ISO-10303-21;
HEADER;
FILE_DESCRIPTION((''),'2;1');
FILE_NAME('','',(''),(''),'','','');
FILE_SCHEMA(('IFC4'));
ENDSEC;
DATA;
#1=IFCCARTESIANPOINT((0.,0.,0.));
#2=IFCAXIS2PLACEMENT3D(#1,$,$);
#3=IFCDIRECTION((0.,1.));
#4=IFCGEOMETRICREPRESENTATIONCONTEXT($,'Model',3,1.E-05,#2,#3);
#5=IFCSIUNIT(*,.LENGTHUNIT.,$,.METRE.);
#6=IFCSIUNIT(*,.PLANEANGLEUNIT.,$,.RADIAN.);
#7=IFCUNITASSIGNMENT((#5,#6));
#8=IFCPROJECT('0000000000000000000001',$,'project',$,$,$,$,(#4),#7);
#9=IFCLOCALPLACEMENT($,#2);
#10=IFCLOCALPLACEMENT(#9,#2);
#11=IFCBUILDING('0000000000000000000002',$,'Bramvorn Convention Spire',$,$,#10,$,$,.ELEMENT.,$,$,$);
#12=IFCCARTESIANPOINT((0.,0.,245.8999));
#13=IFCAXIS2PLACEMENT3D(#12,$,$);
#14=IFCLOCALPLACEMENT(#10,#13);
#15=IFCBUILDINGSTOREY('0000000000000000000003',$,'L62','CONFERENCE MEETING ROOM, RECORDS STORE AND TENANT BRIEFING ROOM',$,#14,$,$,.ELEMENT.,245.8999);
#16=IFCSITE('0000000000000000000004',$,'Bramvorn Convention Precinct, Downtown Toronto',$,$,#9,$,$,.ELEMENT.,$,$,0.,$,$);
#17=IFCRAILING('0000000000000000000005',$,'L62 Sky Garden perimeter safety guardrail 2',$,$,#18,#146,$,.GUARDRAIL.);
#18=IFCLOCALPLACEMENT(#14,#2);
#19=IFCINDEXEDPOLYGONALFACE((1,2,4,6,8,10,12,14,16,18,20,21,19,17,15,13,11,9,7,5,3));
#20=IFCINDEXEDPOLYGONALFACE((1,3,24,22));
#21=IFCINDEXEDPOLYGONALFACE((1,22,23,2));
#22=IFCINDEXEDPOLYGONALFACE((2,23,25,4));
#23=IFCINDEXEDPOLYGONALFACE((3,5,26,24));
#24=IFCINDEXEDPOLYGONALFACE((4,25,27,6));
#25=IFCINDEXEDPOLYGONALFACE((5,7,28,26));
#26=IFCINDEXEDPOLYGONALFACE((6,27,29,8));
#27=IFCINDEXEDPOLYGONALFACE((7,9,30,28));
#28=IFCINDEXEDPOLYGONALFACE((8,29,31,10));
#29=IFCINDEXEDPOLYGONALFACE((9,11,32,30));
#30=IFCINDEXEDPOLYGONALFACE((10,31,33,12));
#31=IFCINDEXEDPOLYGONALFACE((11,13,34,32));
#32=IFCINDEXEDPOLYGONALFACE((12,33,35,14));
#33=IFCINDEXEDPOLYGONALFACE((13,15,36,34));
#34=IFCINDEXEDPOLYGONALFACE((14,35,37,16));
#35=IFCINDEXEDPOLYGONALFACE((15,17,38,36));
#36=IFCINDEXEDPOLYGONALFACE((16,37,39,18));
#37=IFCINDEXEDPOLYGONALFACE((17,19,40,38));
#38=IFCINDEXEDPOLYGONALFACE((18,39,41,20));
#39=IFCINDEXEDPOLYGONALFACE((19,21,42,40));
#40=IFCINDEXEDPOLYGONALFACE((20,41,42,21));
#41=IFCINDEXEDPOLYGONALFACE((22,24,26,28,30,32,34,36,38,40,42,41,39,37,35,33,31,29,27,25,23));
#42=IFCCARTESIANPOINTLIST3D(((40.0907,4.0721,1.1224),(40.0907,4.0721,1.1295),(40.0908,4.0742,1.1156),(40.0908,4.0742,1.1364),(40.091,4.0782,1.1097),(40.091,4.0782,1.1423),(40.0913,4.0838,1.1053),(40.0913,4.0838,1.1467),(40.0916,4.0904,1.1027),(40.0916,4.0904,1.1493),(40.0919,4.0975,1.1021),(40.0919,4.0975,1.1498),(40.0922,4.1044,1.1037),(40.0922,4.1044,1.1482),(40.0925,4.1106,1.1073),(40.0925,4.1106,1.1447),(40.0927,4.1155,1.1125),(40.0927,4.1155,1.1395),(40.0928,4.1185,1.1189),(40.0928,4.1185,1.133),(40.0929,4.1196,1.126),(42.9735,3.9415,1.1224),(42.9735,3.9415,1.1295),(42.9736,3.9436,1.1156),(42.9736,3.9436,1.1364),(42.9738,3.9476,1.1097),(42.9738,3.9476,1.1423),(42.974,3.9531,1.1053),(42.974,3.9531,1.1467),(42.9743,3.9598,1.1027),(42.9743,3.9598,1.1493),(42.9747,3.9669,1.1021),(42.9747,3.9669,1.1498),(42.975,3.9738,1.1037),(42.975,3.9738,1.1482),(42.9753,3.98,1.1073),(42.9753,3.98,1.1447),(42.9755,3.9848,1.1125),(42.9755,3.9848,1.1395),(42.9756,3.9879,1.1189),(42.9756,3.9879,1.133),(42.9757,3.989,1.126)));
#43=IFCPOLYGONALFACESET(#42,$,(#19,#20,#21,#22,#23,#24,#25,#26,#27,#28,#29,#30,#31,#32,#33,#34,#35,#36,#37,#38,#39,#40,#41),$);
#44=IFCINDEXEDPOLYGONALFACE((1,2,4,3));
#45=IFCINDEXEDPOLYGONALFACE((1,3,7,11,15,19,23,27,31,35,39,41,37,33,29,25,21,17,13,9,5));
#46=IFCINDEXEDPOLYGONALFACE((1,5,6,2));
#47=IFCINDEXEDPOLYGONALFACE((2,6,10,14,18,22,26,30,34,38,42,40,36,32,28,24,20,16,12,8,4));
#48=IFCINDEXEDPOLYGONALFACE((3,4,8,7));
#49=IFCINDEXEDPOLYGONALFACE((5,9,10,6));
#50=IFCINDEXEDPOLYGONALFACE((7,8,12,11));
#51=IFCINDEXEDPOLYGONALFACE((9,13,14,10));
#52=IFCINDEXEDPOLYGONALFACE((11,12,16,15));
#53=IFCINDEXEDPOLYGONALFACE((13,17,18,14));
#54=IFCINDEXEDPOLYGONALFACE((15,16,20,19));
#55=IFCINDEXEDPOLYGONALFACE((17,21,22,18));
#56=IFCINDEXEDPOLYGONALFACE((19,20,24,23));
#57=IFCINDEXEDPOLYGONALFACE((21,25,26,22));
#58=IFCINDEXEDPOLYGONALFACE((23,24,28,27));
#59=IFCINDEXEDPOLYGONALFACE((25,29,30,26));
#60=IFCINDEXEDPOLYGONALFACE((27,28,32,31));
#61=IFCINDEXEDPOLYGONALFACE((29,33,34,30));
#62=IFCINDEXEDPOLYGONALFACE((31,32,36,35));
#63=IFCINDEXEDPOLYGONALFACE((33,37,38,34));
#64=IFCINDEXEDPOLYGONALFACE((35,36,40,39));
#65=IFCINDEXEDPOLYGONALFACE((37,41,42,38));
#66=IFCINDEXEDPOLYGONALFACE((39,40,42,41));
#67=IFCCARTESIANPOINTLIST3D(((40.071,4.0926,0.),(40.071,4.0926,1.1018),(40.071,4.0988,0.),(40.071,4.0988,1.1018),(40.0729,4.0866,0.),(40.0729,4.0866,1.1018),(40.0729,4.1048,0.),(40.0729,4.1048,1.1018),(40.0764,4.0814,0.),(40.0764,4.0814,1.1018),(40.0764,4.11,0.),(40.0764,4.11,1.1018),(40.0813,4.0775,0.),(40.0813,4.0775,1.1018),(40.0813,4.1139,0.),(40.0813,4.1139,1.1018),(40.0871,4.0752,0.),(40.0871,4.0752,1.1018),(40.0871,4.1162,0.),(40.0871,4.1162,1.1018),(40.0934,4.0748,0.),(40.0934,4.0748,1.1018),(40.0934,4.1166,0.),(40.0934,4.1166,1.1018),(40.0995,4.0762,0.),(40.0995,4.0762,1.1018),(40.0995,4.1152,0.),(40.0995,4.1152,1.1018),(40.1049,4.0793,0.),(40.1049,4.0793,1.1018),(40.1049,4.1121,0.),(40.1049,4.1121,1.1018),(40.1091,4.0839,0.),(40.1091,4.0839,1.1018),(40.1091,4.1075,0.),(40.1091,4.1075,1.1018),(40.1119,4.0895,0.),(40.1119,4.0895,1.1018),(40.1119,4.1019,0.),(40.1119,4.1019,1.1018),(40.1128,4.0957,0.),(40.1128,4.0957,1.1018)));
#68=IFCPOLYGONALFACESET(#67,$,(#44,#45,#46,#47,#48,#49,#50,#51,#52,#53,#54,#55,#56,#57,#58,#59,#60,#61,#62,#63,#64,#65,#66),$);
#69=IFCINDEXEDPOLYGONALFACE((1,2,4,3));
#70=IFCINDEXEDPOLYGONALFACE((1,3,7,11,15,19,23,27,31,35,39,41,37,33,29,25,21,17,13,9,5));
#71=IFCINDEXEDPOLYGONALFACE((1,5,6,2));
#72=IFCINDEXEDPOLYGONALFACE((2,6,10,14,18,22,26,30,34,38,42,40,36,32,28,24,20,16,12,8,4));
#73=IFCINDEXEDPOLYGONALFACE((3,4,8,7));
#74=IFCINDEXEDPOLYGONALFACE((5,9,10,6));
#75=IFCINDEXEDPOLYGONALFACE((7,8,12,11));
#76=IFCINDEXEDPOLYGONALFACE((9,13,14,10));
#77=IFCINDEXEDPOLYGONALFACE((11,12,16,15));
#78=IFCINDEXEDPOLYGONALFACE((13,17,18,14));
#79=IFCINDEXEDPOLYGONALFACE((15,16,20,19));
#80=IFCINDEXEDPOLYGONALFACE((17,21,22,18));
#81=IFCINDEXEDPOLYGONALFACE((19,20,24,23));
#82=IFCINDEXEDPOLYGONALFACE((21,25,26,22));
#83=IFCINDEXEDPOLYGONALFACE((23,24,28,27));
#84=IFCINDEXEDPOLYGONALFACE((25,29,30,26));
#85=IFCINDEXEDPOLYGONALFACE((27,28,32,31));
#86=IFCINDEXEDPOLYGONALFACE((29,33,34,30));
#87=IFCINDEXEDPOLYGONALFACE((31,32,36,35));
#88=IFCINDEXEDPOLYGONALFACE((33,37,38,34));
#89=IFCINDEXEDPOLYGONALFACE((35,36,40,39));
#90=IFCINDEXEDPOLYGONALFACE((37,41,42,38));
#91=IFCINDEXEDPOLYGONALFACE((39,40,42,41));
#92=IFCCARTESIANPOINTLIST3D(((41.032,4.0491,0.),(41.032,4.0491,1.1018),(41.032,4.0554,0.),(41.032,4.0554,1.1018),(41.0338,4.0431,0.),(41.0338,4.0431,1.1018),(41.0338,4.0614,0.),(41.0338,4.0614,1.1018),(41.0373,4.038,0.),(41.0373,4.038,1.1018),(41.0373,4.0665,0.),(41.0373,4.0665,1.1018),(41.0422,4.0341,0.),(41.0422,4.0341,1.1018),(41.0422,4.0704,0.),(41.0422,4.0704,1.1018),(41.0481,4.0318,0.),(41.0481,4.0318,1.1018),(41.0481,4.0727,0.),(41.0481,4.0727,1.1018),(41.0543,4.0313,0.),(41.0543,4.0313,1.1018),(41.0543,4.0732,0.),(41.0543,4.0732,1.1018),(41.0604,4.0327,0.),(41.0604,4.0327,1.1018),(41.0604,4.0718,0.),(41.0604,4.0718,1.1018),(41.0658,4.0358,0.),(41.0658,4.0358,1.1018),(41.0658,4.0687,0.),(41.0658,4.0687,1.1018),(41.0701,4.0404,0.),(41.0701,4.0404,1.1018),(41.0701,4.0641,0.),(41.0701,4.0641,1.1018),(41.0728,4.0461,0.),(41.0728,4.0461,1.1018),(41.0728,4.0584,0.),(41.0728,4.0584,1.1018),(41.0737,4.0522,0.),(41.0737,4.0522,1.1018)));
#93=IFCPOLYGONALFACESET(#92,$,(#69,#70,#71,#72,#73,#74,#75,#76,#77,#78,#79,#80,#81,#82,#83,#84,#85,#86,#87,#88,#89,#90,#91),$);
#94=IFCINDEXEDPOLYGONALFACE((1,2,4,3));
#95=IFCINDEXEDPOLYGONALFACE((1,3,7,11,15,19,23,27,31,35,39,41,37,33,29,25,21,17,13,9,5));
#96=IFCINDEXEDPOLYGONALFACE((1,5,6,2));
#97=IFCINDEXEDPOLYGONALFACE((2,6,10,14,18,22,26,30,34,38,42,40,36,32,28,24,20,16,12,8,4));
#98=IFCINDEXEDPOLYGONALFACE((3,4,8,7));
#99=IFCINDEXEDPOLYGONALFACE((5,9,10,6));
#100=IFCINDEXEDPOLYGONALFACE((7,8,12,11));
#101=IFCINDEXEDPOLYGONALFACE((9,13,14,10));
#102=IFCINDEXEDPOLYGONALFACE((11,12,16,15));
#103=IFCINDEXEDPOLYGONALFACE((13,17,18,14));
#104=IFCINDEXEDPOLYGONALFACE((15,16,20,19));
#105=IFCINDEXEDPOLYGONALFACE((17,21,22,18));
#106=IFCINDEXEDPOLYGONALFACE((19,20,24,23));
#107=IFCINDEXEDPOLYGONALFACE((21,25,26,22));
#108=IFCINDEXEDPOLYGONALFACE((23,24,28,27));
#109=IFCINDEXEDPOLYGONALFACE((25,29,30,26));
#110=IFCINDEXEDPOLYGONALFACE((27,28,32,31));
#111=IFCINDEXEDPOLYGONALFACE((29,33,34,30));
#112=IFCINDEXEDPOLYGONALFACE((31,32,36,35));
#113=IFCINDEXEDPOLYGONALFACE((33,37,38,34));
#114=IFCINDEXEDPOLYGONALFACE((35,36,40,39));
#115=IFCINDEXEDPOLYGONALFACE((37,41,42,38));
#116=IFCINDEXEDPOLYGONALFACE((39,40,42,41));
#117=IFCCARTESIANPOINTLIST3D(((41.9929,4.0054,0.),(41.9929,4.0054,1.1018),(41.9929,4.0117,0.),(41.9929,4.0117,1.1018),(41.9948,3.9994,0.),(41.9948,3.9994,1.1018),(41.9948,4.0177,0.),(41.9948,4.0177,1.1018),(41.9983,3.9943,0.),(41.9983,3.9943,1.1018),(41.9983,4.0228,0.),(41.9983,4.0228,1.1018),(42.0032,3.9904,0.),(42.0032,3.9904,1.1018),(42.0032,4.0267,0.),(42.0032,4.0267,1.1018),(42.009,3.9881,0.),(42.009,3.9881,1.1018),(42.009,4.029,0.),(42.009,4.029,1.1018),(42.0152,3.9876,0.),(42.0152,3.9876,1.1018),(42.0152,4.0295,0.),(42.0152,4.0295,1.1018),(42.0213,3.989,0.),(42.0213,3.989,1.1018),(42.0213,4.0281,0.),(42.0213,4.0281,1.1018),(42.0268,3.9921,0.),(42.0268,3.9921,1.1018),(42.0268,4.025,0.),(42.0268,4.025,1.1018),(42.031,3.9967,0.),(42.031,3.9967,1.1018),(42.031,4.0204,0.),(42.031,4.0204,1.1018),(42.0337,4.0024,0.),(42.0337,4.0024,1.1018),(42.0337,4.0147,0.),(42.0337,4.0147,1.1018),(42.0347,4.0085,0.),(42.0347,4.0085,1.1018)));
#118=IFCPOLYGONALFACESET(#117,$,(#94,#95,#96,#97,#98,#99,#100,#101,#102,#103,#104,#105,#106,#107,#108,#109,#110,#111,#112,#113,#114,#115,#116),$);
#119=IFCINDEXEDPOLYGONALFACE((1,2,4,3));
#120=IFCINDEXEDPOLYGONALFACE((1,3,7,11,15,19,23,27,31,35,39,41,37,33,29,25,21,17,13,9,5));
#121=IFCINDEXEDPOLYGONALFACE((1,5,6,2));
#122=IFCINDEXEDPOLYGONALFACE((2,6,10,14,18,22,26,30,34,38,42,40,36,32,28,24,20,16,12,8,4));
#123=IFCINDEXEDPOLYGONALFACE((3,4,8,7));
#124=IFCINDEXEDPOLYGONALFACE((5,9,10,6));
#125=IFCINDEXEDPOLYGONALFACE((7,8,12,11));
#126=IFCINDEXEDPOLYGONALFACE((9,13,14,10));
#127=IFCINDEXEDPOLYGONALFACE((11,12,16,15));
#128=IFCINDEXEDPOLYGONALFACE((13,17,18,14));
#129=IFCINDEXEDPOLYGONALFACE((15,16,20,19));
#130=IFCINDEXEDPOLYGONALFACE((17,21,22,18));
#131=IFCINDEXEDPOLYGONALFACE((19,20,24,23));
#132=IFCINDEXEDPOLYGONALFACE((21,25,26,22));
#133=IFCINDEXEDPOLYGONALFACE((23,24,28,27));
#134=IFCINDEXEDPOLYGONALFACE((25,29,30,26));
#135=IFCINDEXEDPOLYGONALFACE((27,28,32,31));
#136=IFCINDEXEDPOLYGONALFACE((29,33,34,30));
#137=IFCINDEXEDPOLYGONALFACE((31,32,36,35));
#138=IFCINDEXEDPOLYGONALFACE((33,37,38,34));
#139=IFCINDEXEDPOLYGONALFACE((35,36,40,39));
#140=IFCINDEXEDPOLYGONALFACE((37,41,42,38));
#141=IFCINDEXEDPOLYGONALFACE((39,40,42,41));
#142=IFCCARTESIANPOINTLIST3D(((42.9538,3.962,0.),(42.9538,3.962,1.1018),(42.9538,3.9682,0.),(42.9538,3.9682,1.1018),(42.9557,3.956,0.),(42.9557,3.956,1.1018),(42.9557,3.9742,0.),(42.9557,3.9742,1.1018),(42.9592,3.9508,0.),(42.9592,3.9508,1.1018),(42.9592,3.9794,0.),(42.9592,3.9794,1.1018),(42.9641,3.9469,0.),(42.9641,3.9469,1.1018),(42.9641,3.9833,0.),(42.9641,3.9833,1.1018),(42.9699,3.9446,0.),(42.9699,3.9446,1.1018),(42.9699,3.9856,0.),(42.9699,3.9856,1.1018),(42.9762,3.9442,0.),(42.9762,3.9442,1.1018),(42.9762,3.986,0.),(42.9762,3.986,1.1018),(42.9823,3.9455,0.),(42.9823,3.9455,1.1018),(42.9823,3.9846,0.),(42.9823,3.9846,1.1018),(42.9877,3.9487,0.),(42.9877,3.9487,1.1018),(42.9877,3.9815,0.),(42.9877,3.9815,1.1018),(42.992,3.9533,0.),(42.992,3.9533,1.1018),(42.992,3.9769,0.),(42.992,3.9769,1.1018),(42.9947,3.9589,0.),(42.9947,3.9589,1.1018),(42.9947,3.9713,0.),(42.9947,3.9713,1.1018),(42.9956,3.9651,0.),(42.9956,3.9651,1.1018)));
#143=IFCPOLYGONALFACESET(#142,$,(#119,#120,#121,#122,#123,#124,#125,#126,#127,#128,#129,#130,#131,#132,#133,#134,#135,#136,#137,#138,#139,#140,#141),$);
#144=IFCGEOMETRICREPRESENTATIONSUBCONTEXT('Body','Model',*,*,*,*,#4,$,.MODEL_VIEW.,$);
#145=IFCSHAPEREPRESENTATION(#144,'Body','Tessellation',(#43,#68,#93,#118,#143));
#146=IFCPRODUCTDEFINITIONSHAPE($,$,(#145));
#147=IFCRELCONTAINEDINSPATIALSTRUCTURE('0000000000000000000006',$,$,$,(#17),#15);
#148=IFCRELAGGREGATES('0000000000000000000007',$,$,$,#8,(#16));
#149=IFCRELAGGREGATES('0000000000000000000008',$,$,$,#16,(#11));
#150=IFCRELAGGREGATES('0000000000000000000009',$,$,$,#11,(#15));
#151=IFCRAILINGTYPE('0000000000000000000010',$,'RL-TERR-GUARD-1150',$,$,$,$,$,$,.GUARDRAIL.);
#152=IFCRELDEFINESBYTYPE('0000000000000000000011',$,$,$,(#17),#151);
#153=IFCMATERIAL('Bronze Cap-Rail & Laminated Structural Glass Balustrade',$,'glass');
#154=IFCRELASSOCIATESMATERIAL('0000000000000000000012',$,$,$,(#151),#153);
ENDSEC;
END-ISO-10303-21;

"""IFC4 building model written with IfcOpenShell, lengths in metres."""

from ifc_helpers import new_model, si_unit, direction, frame, origin, origin_2d, place, context, subcontext, project, spatial, circle, extrude, material, type_object, element, save


model = new_model("IFC4")

# Units and contexts
model_context = context("Model", 3, precision=1e-05, world=origin(), true_north=direction((0.0, 1.0)))
body_context = subcontext(model_context, "Body", "Model", "MODEL_VIEW")
ifc_project = project(units=[si_unit("LENGTHUNIT", "METRE"), si_unit("PLANEANGLEUNIT", "RADIAN")], contexts=[model_context])

# Site, building, storey
site_placement = place(None, origin())
site = spatial("IfcSite", under=ifc_project, at=site_placement, Name="Bramvorn Convention Precinct, Downtown Toronto", CompositionType="ELEMENT", RefElevation=0.0)
building_placement = place(site_placement, origin())
building = spatial("IfcBuilding", under=site, at=building_placement, Name="Bramvorn Convention Spire", CompositionType="ELEMENT")
storey_placement = place(building_placement, frame((0.0, 0.0, 245.8999)))
storey = spatial("IfcBuildingStorey", under=building, at=storey_placement, Name="L62", Description="CONFERENCE MEETING ROOM, RECORDS STORE AND TENANT BRIEFING ROOM", CompositionType="ELEMENT", Elevation=245.8999)

# Railing
ifc_material_1 = material(Name="Bronze Cap-Rail & Laminated Structural Glass Balustrade", Category="glass")
railing_type = type_object("IfcRailingType", Name="RL-TERR-GUARD-1150", PredefinedType="GUARDRAIL", material=ifc_material_1)
railing_1_placement = place(storey_placement, frame((40.0918, 4.0957, 0.0)))
element("IfcRailing", 1, at=railing_1_placement, inside=storey, type_object=railing_type, Name="L62 Sky Garden perimeter safety guardrail 2", PredefinedType="GUARDRAIL", context=body_context, shape_type="SweptSolid", body=[
    extrude(circle(Radius=0.0239, at=origin_2d()), frame((0.0, 0.0, 1.126), z_axis=(0.998975, -0.045262, 0.0), x_axis=(0.045262, 0.998975, 0.0)), (0.0, 0.0, 1.0), 2.8857),
    extrude(circle(Radius=0.021, at=origin_2d()), origin(), (0.0, 0.0, 1.0), 1.1018),
    extrude(circle(Radius=0.021, at=origin_2d()), frame((0.9609, -0.0435, 0.0)), (0.0, 0.0, 1.0), 1.1018),
    extrude(circle(Radius=0.021, at=origin_2d()), frame((1.9219, -0.0872, 0.0)), (0.0, 0.0, 1.0), 1.1018),
    extrude(circle(Radius=0.021, at=origin_2d()), frame((2.8828, -0.1306, 0.0)), (0.0, 0.0, 1.0), 1.1018),
])

save(model, "model.ifc")
